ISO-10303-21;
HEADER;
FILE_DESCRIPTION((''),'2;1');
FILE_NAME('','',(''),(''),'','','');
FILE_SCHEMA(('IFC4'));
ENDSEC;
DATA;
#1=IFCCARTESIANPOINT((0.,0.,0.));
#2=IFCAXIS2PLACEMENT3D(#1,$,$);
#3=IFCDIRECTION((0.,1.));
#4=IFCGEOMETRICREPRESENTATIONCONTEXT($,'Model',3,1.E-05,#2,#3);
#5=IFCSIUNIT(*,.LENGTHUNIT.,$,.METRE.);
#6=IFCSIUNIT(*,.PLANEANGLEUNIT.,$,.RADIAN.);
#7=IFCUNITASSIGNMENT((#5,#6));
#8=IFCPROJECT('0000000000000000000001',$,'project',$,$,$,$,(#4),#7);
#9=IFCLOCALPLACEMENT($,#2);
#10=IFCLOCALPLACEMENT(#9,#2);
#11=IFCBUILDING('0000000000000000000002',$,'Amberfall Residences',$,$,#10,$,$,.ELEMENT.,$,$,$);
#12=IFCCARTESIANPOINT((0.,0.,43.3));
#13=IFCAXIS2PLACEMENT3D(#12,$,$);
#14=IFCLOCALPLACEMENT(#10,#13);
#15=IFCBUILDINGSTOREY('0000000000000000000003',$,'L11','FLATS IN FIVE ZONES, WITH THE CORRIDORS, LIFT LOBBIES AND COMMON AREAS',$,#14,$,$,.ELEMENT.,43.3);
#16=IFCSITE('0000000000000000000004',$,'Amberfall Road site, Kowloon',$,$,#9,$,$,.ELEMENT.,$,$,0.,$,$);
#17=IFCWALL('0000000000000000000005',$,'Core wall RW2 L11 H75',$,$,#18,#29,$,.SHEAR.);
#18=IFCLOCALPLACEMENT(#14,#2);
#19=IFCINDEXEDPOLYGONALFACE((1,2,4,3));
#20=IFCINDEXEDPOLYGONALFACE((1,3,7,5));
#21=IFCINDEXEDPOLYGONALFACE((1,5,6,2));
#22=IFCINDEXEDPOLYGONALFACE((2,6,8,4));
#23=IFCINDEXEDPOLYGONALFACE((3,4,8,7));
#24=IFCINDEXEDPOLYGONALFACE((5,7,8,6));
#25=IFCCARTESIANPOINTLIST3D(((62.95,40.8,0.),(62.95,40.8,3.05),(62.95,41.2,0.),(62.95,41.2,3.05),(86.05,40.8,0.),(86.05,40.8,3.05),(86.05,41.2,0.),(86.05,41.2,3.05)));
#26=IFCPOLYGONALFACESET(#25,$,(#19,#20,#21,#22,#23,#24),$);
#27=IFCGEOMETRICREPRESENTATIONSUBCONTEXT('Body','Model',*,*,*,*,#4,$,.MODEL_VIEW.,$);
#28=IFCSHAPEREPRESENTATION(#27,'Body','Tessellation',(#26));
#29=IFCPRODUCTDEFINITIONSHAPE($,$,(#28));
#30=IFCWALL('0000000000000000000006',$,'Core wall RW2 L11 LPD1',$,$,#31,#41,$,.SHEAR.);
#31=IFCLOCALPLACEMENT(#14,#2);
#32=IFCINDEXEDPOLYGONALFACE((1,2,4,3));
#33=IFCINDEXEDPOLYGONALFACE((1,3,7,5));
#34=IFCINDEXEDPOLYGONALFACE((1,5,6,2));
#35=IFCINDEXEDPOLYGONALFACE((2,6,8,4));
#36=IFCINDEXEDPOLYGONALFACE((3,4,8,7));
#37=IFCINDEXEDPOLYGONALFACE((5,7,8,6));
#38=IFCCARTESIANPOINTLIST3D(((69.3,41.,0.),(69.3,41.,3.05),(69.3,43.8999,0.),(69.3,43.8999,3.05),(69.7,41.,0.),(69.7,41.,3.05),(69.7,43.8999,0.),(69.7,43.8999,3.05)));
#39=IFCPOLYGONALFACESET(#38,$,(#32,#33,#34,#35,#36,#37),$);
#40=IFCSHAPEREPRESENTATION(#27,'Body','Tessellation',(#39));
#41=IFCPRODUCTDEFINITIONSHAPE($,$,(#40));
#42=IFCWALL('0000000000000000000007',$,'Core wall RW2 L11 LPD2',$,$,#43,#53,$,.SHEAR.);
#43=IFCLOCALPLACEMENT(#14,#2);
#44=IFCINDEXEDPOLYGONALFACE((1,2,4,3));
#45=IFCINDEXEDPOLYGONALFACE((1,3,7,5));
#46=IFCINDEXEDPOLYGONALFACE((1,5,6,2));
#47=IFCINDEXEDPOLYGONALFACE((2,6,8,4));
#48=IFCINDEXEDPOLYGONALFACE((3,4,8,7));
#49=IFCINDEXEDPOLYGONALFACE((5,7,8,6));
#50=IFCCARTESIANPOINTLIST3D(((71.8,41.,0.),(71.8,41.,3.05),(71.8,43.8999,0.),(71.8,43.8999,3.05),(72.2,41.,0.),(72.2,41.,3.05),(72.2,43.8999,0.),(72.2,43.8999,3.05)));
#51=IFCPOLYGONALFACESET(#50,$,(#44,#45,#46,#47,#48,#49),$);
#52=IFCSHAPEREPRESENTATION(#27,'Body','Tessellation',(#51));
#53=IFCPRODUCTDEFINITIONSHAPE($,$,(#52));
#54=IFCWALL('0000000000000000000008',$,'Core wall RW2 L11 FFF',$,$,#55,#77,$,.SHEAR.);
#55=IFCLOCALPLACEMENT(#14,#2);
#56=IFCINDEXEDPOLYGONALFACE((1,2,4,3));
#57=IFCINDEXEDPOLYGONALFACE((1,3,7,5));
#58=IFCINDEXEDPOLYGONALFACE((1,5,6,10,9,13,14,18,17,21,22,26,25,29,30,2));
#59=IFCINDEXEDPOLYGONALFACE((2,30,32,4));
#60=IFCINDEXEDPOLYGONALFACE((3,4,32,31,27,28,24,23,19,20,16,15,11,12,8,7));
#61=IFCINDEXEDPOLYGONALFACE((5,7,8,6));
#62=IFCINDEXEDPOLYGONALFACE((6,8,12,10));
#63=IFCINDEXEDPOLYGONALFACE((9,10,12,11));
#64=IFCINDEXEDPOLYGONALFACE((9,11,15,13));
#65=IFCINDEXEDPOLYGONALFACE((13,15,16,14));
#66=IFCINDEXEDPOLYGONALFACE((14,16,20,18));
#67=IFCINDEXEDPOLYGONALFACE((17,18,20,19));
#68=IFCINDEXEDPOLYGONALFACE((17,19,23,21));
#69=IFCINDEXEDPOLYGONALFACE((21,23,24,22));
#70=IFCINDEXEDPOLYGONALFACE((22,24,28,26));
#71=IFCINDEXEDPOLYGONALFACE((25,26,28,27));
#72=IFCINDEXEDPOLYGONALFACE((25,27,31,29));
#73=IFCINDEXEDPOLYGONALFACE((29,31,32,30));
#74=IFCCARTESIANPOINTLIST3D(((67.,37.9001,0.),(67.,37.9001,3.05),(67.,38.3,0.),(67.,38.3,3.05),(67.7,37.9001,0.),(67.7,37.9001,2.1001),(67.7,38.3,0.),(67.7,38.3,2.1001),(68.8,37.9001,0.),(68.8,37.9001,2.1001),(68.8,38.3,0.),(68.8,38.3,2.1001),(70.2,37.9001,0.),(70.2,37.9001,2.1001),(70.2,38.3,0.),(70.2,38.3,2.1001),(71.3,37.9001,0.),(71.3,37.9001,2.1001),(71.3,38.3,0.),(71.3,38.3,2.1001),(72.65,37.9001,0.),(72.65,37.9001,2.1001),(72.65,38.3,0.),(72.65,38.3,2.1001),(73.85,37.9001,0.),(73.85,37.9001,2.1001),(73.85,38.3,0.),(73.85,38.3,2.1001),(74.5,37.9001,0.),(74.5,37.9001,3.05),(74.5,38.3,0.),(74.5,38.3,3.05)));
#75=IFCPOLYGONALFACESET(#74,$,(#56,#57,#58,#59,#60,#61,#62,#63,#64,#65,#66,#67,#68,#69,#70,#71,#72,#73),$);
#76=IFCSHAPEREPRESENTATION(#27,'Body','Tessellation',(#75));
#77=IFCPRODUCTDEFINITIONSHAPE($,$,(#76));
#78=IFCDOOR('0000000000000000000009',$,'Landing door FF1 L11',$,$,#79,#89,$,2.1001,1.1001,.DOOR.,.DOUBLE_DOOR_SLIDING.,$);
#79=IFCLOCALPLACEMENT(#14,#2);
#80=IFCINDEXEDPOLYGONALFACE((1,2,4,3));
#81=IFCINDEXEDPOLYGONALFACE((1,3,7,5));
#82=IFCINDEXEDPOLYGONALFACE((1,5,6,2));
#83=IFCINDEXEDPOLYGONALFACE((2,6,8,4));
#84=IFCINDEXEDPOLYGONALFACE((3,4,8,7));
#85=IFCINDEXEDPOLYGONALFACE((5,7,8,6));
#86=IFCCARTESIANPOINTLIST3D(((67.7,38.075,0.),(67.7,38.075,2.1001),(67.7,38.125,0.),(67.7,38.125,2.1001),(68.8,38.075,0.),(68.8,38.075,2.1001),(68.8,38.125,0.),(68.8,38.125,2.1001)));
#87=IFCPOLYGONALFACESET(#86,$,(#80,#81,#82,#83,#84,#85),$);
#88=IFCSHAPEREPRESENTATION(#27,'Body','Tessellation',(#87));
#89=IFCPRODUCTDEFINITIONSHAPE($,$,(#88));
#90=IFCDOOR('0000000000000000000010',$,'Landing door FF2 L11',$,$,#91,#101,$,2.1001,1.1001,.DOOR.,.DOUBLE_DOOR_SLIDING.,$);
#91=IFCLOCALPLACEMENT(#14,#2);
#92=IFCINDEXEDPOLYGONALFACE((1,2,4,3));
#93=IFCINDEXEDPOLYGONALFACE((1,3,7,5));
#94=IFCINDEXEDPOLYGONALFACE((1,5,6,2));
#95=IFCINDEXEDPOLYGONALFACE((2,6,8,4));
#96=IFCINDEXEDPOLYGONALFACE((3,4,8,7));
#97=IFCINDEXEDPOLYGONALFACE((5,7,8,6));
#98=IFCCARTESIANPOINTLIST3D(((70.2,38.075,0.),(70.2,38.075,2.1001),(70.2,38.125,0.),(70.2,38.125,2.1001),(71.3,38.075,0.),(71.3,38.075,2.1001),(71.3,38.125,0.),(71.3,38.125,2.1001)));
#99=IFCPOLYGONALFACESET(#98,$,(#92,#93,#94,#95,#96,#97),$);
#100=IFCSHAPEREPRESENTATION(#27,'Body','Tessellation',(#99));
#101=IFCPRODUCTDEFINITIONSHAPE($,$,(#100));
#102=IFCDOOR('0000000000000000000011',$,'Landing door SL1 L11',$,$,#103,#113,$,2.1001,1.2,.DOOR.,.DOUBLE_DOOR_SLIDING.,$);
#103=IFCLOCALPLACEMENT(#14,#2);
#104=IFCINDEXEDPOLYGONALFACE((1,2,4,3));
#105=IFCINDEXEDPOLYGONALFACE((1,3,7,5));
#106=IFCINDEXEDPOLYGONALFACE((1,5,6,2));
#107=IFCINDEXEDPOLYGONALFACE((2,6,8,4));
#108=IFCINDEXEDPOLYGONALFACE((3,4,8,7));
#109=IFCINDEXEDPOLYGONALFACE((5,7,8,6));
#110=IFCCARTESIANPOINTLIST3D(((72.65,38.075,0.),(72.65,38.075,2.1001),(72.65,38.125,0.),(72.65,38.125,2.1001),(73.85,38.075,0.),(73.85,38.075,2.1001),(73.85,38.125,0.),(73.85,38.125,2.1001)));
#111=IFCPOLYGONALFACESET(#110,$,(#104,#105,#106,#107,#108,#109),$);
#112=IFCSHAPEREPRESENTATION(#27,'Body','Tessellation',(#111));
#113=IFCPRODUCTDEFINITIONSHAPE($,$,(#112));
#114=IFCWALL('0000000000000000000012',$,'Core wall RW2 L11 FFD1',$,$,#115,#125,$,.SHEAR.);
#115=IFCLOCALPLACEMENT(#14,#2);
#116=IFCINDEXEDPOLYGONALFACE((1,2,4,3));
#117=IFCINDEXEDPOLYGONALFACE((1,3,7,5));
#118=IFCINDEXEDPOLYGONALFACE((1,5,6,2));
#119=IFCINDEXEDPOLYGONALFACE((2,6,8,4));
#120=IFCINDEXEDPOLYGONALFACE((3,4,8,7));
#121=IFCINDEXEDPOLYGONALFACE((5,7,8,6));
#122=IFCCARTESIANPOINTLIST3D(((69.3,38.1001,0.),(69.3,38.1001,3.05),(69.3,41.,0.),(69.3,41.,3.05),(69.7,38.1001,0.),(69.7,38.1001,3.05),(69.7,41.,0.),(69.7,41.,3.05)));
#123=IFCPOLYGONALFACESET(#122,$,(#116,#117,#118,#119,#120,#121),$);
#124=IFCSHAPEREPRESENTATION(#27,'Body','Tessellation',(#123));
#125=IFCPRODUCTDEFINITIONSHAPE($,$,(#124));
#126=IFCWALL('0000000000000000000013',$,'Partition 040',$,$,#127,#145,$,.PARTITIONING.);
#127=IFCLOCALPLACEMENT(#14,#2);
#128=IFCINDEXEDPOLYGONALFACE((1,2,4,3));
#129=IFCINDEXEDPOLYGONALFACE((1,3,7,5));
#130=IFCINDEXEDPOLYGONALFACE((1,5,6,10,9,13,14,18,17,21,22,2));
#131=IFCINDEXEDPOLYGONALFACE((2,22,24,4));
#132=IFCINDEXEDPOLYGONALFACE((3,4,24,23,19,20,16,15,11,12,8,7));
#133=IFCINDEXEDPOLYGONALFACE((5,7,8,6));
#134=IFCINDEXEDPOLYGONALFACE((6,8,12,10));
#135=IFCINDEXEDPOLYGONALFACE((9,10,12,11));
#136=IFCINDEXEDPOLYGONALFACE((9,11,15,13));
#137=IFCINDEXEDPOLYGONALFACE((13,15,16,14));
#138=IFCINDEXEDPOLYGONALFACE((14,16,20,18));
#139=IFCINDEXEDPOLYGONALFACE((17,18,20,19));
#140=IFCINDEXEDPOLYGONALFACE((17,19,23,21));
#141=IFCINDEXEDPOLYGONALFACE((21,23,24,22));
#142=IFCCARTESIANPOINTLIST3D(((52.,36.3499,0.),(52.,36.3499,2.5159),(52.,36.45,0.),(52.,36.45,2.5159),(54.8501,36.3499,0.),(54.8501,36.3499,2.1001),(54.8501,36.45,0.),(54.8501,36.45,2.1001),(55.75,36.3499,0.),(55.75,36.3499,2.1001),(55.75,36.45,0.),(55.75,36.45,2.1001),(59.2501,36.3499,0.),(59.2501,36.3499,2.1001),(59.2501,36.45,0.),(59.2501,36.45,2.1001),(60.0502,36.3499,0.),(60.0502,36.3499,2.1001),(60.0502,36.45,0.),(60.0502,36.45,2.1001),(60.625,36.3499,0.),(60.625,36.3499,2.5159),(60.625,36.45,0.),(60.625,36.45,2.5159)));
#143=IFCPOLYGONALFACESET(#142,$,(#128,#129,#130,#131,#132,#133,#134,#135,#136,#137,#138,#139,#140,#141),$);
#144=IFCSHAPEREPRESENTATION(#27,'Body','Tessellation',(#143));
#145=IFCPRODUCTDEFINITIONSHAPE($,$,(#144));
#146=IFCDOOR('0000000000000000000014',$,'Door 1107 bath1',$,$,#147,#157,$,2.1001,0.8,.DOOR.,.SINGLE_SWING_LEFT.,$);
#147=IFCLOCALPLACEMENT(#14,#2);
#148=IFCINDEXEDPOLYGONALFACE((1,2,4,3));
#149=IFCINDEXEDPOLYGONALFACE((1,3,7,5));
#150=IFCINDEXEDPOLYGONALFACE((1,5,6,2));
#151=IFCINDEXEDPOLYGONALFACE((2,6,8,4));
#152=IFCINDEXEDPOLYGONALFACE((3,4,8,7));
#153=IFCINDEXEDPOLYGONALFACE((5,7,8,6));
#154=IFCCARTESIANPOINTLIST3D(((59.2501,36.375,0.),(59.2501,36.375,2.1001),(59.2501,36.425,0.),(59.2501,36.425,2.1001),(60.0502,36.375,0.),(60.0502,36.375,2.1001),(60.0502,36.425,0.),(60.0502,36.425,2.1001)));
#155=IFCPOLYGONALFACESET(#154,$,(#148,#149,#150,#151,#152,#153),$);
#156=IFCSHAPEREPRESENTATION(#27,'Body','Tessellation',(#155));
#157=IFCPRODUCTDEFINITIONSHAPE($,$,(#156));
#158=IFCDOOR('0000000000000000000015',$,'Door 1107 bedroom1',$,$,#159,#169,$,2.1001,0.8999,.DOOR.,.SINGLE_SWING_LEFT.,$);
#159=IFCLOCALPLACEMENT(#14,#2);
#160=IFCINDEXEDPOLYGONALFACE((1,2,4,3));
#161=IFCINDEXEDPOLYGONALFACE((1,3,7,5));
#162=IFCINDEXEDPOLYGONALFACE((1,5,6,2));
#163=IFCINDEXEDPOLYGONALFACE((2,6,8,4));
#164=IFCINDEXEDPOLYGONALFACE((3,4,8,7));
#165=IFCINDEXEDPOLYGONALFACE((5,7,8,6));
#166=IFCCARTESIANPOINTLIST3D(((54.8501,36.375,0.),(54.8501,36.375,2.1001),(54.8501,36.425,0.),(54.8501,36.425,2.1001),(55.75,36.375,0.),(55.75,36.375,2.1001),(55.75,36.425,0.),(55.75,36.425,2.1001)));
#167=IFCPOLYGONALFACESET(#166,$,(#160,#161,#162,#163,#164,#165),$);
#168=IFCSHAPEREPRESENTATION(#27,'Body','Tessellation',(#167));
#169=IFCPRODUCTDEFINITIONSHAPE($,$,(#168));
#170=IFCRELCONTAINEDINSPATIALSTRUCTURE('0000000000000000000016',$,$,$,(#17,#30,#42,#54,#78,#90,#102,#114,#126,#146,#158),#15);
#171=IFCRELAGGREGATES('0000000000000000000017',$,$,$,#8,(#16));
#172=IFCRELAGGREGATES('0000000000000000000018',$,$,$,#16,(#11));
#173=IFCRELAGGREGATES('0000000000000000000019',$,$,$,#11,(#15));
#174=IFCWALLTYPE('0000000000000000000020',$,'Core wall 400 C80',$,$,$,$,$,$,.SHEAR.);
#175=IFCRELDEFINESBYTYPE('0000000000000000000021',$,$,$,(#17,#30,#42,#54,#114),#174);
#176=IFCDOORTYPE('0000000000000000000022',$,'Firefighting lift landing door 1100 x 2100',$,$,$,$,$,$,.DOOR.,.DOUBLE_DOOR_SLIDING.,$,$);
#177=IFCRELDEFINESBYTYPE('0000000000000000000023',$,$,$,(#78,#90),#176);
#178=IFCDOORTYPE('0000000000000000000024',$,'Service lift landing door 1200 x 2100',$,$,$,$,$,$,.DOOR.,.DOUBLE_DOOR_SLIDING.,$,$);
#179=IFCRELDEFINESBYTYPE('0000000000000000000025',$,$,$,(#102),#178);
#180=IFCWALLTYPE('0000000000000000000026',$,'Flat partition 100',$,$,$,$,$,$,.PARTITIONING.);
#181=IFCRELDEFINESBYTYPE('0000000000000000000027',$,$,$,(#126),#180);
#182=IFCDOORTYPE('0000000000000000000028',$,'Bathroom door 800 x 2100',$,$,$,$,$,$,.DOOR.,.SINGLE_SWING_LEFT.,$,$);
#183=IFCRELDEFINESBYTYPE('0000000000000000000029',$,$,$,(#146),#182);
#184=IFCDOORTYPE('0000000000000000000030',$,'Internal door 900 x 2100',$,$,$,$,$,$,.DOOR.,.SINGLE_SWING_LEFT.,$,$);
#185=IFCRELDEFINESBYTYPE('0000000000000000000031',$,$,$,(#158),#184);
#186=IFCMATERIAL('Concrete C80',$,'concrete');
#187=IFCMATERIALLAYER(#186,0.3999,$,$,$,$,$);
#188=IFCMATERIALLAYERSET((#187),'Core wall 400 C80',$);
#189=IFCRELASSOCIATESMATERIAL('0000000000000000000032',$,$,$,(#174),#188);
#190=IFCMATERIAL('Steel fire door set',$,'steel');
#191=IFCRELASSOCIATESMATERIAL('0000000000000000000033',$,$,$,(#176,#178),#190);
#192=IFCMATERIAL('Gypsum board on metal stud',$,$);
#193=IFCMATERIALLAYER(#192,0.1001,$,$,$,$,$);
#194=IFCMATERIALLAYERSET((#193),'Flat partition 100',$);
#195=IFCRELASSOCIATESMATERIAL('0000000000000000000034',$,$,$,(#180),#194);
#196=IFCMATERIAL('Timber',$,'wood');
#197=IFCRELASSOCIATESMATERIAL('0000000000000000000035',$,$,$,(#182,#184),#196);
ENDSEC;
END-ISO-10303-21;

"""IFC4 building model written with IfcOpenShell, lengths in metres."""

from ifc_helpers import new_model, si_unit, direction, frame, frame_2d, origin, place, context, subcontext, project, spatial, rectangle, extrude, material, layer, layer_set, type_object, element, fill, save


model = new_model("IFC4")

# Units and contexts
model_context = context("Model", 3, precision=1e-05, world=origin(), true_north=direction((0.0, 1.0)))
body_context = subcontext(model_context, "Body", "Model", "MODEL_VIEW")
ifc_project = project(units=[si_unit("LENGTHUNIT", "METRE"), si_unit("PLANEANGLEUNIT", "RADIAN")], contexts=[model_context])

# Site, building, storey
site_placement = place(None, origin())
site = spatial("IfcSite", under=ifc_project, at=site_placement, Name="Amberfall Road site, Kowloon", CompositionType="ELEMENT", RefElevation=0.0)
building_placement = place(site_placement, origin())
building = spatial("IfcBuilding", under=site, at=building_placement, Name="Amberfall Residences", CompositionType="ELEMENT")
storey_placement = place(building_placement, frame((0.0, 0.0, 43.3)))
storey = spatial("IfcBuildingStorey", under=building, at=storey_placement, Name="L11", Description="FLATS IN FIVE ZONES, WITH THE CORRIDORS, LIFT LOBBIES AND COMMON AREAS", CompositionType="ELEMENT", Elevation=43.3)

# Wall
ifc_material_1 = material(Name="Concrete C80", Category="concrete")
ifc_layer_1 = layer(ifc_material_1, 0.3999)
ifc_layer_set_1 = layer_set([ifc_layer_1], Name="Core wall 400 C80")
wall_type_1 = type_object("IfcWallType", Name="Core wall 400 C80", PredefinedType="SHEAR", material=ifc_layer_set_1)
wall_1_placement = place(storey_placement, frame((62.95, 41.0, 0.0), z_axis=(0.0, 0.0, 1.0), x_axis=(1.0, 0.0, 0.0)))
element("IfcWall", 1, at=wall_1_placement, inside=storey, type_object=wall_type_1, Name="Core wall RW2 L11 H75", PredefinedType="SHEAR", context=body_context, shape_type="SweptSolid", body=[
    extrude(rectangle(XDim=23.1001, YDim=0.3999, at=frame_2d((11.55, 0.0))), origin(), (0.0, 0.0, 1.0), 3.05),
])

# Shared definitions
ifc_material_2 = material(Name="Steel fire door set", Category="steel")

# Walls
for number, where, z_axis, x_axis, name in (
    (2, (69.5, 41.0, 0.0), (0.0, 0.0, 1.0), (0.0, 1.0, 0.0), "Core wall RW2 L11 LPD1"),
    (3, (72.0, 41.0, 0.0), (0.0, 0.0, 1.0), (0.0, 1.0, 0.0), "Core wall RW2 L11 LPD2"),
):
    element("IfcWall", number, at=place(storey_placement, frame(where, z_axis=z_axis, x_axis=x_axis)), inside=storey, type_object=wall_type_1, Name=name, PredefinedType="SHEAR", context=body_context, shape_type="SweptSolid", body=[
        extrude(rectangle(XDim=2.8999, YDim=0.3999, at=frame_2d((1.45, 0.0))), origin(), (0.0, 0.0, 1.0), 3.05),
    ])

# Wall, openings, doors
wall_2_placement = place(storey_placement, frame((67.0, 38.1001, 0.0), z_axis=(0.0, 0.0, 1.0), x_axis=(1.0, 0.0, 0.0)))
wall_2 = element("IfcWall", 4, at=wall_2_placement, inside=storey, type_object=wall_type_1, Name="Core wall RW2 L11 FFF", PredefinedType="SHEAR", context=body_context, shape_type="SweptSolid", body=[
    extrude(rectangle(XDim=7.5, YDim=0.3999, at=frame_2d((3.75, 0.0))), origin(), (0.0, 0.0, 1.0), 3.05),
])
opening_1_placement = place(wall_2_placement, frame((0.7, 0.0, 0.0)))
opening_1 = element("IfcOpeningElement", 5, at=opening_1_placement, cuts=wall_2, PredefinedType="OPENING", context=body_context, shape_type="SweptSolid", body=[
    extrude(rectangle(XDim=1.1001, YDim=2.1001, at=frame_2d((0.55, 1.05))), frame((0.0, 0.21, 0.0), z_axis=(0.0, -1.0, 0.0), x_axis=(1.0, 0.0, 0.0)), (0.0, 0.0, 1.0), 0.4199),
])
opening_2_placement = place(wall_2_placement, frame((3.2, 0.0, 0.0)))
opening_2 = element("IfcOpeningElement", 6, at=opening_2_placement, cuts=wall_2, PredefinedType="OPENING", context=body_context, shape_type="SweptSolid", body=[
    extrude(rectangle(XDim=1.1001, YDim=2.1001, at=frame_2d((0.55, 1.05))), frame((0.0, 0.21, 0.0), z_axis=(0.0, -1.0, 0.0), x_axis=(1.0, 0.0, 0.0)), (0.0, 0.0, 1.0), 0.4199),
])
opening_3_placement = place(wall_2_placement, frame((5.6499, 0.0, 0.0)))
opening_3 = element("IfcOpeningElement", 7, at=opening_3_placement, cuts=wall_2, PredefinedType="OPENING", context=body_context, shape_type="SweptSolid", body=[
    extrude(rectangle(XDim=1.2, YDim=2.1001, at=frame_2d((0.6001, 1.05))), frame((0.0, 0.21, 0.0), z_axis=(0.0, -1.0, 0.0), x_axis=(1.0, 0.0, 0.0)), (0.0, 0.0, 1.0), 0.4199),
])
door_type_1 = type_object("IfcDoorType", Name="Firefighting lift landing door 1100 x 2100", OperationType="DOUBLE_DOOR_SLIDING", PredefinedType="DOOR", material=ifc_material_2)
door_1_placement = place(opening_1_placement, origin())
door_1 = element("IfcDoor", 8, at=door_1_placement, inside=storey, type_object=door_type_1, Name="Landing door FF1 L11", OperationType="DOUBLE_DOOR_SLIDING", OverallHeight=2.1001, OverallWidth=1.1001, PredefinedType="DOOR", context=body_context, shape_type="SweptSolid", body=[
    extrude(rectangle(XDim=1.1001, YDim=2.1001, at=frame_2d((0.55, 1.05))), frame((0.0, 0.0249, 0.0), z_axis=(0.0, -1.0, 0.0), x_axis=(1.0, 0.0, 0.0)), (0.0, 0.0, 1.0), 0.05),
])
fill(opening_1, door_1)
door_2_placement = place(opening_2_placement, origin())
door_2 = element("IfcDoor", 9, at=door_2_placement, inside=storey, type_object=door_type_1, Name="Landing door FF2 L11", OperationType="DOUBLE_DOOR_SLIDING", OverallHeight=2.1001, OverallWidth=1.1001, PredefinedType="DOOR", context=body_context, shape_type="SweptSolid", body=[
    extrude(rectangle(XDim=1.1001, YDim=2.1001, at=frame_2d((0.55, 1.05))), frame((0.0, 0.0249, 0.0), z_axis=(0.0, -1.0, 0.0), x_axis=(1.0, 0.0, 0.0)), (0.0, 0.0, 1.0), 0.05),
])
fill(opening_2, door_2)
door_type_2 = type_object("IfcDoorType", Name="Service lift landing door 1200 x 2100", OperationType="DOUBLE_DOOR_SLIDING", PredefinedType="DOOR", material=ifc_material_2)
door_3_placement = place(opening_3_placement, origin())
door_3 = element("IfcDoor", 10, at=door_3_placement, inside=storey, type_object=door_type_2, Name="Landing door SL1 L11", OperationType="DOUBLE_DOOR_SLIDING", OverallHeight=2.1001, OverallWidth=1.2, PredefinedType="DOOR", context=body_context, shape_type="SweptSolid", body=[
    extrude(rectangle(XDim=1.2, YDim=2.1001, at=frame_2d((0.6001, 1.05))), frame((0.0, 0.0249, 0.0), z_axis=(0.0, -1.0, 0.0), x_axis=(1.0, 0.0, 0.0)), (0.0, 0.0, 1.0), 0.05),
])
fill(opening_3, door_3)

# Wall
wall_3_placement = place(storey_placement, frame((69.5, 38.1001, 0.0), z_axis=(0.0, 0.0, 1.0), x_axis=(0.0, 1.0, 0.0)))
element("IfcWall", 11, at=wall_3_placement, inside=storey, type_object=wall_type_1, Name="Core wall RW2 L11 FFD1", PredefinedType="SHEAR", context=body_context, shape_type="SweptSolid", body=[
    extrude(rectangle(XDim=2.8999, YDim=0.3999, at=frame_2d((1.45, 0.0))), origin(), (0.0, 0.0, 1.0), 3.05),
])

# Wall, openings, doors
ifc_material_3 = material(Name="Gypsum board on metal stud")
ifc_layer_2 = layer(ifc_material_3, 0.1001)
ifc_layer_set_2 = layer_set([ifc_layer_2], Name="Flat partition 100")
wall_type_2 = type_object("IfcWallType", Name="Flat partition 100", PredefinedType="PARTITIONING", material=ifc_layer_set_2)
wall_4_placement = place(storey_placement, frame((60.625, 36.3999, 0.0), z_axis=(0.0, 0.0, 1.0), x_axis=(-1.0, 0.0, 0.0)))
wall_4 = element("IfcWall", 12, at=wall_4_placement, inside=storey, type_object=wall_type_2, Name="Partition 040", PredefinedType="PARTITIONING", context=body_context, shape_type="SweptSolid", body=[
    extrude(rectangle(XDim=8.625, YDim=0.1001, at=frame_2d((4.3125, 0.0))), origin(), (0.0, 0.0, 1.0), 2.5159),
])
opening_4_placement = place(wall_4_placement, frame((4.875, 0.0, 0.0)))
opening_4 = element("IfcOpeningElement", 13, at=opening_4_placement, cuts=wall_4, PredefinedType="OPENING", context=body_context, shape_type="SweptSolid", body=[
    extrude(rectangle(XDim=0.8999, YDim=2.1001, at=frame_2d((0.45, 1.05))), frame((0.0, 0.0601, 0.0), z_axis=(0.0, -1.0, 0.0), x_axis=(1.0, 0.0, 0.0)), (0.0, 0.0, 1.0), 0.1201),
])
opening_5_placement = place(wall_4_placement, frame((0.575, 0.0, 0.0)))
opening_5 = element("IfcOpeningElement", 14, at=opening_5_placement, cuts=wall_4, PredefinedType="OPENING", context=body_context, shape_type="SweptSolid", body=[
    extrude(rectangle(XDim=0.8, YDim=2.1001, at=frame_2d((0.3999, 1.05))), frame((0.0, 0.0601, 0.0), z_axis=(0.0, -1.0, 0.0), x_axis=(1.0, 0.0, 0.0)), (0.0, 0.0, 1.0), 0.1201),
])
ifc_material_4 = material(Name="Timber", Category="wood")
door_type_3 = type_object("IfcDoorType", Name="Bathroom door 800 x 2100", OperationType="SINGLE_SWING_LEFT", PredefinedType="DOOR", material=ifc_material_4)
door_4_placement = place(opening_5_placement, origin())
door_4 = element("IfcDoor", 15, at=door_4_placement, inside=storey, type_object=door_type_3, Name="Door 1107 bath1", OperationType="SINGLE_SWING_LEFT", OverallHeight=2.1001, OverallWidth=0.8, PredefinedType="DOOR", context=body_context, shape_type="SweptSolid", body=[
    extrude(rectangle(XDim=0.8, YDim=2.1001, at=frame_2d((0.3999, 1.05))), frame((0.0, 0.0249, 0.0), z_axis=(0.0, -1.0, 0.0), x_axis=(1.0, 0.0, 0.0)), (0.0, 0.0, 1.0), 0.05),
])
fill(opening_5, door_4)
door_type_4 = type_object("IfcDoorType", Name="Internal door 900 x 2100", OperationType="SINGLE_SWING_LEFT", PredefinedType="DOOR", material=ifc_material_4)
door_5_placement = place(opening_4_placement, origin())
door_5 = element("IfcDoor", 16, at=door_5_placement, inside=storey, type_object=door_type_4, Name="Door 1107 bedroom1", OperationType="SINGLE_SWING_LEFT", OverallHeight=2.1001, OverallWidth=0.8999, PredefinedType="DOOR", context=body_context, shape_type="SweptSolid", body=[
    extrude(rectangle(XDim=0.8999, YDim=2.1001, at=frame_2d((0.45, 1.05))), frame((0.0, 0.0249, 0.0), z_axis=(0.0, -1.0, 0.0), x_axis=(1.0, 0.0, 0.0)), (0.0, 0.0, 1.0), 0.05),
])
fill(opening_4, door_5)

save(model, "model.ifc")
